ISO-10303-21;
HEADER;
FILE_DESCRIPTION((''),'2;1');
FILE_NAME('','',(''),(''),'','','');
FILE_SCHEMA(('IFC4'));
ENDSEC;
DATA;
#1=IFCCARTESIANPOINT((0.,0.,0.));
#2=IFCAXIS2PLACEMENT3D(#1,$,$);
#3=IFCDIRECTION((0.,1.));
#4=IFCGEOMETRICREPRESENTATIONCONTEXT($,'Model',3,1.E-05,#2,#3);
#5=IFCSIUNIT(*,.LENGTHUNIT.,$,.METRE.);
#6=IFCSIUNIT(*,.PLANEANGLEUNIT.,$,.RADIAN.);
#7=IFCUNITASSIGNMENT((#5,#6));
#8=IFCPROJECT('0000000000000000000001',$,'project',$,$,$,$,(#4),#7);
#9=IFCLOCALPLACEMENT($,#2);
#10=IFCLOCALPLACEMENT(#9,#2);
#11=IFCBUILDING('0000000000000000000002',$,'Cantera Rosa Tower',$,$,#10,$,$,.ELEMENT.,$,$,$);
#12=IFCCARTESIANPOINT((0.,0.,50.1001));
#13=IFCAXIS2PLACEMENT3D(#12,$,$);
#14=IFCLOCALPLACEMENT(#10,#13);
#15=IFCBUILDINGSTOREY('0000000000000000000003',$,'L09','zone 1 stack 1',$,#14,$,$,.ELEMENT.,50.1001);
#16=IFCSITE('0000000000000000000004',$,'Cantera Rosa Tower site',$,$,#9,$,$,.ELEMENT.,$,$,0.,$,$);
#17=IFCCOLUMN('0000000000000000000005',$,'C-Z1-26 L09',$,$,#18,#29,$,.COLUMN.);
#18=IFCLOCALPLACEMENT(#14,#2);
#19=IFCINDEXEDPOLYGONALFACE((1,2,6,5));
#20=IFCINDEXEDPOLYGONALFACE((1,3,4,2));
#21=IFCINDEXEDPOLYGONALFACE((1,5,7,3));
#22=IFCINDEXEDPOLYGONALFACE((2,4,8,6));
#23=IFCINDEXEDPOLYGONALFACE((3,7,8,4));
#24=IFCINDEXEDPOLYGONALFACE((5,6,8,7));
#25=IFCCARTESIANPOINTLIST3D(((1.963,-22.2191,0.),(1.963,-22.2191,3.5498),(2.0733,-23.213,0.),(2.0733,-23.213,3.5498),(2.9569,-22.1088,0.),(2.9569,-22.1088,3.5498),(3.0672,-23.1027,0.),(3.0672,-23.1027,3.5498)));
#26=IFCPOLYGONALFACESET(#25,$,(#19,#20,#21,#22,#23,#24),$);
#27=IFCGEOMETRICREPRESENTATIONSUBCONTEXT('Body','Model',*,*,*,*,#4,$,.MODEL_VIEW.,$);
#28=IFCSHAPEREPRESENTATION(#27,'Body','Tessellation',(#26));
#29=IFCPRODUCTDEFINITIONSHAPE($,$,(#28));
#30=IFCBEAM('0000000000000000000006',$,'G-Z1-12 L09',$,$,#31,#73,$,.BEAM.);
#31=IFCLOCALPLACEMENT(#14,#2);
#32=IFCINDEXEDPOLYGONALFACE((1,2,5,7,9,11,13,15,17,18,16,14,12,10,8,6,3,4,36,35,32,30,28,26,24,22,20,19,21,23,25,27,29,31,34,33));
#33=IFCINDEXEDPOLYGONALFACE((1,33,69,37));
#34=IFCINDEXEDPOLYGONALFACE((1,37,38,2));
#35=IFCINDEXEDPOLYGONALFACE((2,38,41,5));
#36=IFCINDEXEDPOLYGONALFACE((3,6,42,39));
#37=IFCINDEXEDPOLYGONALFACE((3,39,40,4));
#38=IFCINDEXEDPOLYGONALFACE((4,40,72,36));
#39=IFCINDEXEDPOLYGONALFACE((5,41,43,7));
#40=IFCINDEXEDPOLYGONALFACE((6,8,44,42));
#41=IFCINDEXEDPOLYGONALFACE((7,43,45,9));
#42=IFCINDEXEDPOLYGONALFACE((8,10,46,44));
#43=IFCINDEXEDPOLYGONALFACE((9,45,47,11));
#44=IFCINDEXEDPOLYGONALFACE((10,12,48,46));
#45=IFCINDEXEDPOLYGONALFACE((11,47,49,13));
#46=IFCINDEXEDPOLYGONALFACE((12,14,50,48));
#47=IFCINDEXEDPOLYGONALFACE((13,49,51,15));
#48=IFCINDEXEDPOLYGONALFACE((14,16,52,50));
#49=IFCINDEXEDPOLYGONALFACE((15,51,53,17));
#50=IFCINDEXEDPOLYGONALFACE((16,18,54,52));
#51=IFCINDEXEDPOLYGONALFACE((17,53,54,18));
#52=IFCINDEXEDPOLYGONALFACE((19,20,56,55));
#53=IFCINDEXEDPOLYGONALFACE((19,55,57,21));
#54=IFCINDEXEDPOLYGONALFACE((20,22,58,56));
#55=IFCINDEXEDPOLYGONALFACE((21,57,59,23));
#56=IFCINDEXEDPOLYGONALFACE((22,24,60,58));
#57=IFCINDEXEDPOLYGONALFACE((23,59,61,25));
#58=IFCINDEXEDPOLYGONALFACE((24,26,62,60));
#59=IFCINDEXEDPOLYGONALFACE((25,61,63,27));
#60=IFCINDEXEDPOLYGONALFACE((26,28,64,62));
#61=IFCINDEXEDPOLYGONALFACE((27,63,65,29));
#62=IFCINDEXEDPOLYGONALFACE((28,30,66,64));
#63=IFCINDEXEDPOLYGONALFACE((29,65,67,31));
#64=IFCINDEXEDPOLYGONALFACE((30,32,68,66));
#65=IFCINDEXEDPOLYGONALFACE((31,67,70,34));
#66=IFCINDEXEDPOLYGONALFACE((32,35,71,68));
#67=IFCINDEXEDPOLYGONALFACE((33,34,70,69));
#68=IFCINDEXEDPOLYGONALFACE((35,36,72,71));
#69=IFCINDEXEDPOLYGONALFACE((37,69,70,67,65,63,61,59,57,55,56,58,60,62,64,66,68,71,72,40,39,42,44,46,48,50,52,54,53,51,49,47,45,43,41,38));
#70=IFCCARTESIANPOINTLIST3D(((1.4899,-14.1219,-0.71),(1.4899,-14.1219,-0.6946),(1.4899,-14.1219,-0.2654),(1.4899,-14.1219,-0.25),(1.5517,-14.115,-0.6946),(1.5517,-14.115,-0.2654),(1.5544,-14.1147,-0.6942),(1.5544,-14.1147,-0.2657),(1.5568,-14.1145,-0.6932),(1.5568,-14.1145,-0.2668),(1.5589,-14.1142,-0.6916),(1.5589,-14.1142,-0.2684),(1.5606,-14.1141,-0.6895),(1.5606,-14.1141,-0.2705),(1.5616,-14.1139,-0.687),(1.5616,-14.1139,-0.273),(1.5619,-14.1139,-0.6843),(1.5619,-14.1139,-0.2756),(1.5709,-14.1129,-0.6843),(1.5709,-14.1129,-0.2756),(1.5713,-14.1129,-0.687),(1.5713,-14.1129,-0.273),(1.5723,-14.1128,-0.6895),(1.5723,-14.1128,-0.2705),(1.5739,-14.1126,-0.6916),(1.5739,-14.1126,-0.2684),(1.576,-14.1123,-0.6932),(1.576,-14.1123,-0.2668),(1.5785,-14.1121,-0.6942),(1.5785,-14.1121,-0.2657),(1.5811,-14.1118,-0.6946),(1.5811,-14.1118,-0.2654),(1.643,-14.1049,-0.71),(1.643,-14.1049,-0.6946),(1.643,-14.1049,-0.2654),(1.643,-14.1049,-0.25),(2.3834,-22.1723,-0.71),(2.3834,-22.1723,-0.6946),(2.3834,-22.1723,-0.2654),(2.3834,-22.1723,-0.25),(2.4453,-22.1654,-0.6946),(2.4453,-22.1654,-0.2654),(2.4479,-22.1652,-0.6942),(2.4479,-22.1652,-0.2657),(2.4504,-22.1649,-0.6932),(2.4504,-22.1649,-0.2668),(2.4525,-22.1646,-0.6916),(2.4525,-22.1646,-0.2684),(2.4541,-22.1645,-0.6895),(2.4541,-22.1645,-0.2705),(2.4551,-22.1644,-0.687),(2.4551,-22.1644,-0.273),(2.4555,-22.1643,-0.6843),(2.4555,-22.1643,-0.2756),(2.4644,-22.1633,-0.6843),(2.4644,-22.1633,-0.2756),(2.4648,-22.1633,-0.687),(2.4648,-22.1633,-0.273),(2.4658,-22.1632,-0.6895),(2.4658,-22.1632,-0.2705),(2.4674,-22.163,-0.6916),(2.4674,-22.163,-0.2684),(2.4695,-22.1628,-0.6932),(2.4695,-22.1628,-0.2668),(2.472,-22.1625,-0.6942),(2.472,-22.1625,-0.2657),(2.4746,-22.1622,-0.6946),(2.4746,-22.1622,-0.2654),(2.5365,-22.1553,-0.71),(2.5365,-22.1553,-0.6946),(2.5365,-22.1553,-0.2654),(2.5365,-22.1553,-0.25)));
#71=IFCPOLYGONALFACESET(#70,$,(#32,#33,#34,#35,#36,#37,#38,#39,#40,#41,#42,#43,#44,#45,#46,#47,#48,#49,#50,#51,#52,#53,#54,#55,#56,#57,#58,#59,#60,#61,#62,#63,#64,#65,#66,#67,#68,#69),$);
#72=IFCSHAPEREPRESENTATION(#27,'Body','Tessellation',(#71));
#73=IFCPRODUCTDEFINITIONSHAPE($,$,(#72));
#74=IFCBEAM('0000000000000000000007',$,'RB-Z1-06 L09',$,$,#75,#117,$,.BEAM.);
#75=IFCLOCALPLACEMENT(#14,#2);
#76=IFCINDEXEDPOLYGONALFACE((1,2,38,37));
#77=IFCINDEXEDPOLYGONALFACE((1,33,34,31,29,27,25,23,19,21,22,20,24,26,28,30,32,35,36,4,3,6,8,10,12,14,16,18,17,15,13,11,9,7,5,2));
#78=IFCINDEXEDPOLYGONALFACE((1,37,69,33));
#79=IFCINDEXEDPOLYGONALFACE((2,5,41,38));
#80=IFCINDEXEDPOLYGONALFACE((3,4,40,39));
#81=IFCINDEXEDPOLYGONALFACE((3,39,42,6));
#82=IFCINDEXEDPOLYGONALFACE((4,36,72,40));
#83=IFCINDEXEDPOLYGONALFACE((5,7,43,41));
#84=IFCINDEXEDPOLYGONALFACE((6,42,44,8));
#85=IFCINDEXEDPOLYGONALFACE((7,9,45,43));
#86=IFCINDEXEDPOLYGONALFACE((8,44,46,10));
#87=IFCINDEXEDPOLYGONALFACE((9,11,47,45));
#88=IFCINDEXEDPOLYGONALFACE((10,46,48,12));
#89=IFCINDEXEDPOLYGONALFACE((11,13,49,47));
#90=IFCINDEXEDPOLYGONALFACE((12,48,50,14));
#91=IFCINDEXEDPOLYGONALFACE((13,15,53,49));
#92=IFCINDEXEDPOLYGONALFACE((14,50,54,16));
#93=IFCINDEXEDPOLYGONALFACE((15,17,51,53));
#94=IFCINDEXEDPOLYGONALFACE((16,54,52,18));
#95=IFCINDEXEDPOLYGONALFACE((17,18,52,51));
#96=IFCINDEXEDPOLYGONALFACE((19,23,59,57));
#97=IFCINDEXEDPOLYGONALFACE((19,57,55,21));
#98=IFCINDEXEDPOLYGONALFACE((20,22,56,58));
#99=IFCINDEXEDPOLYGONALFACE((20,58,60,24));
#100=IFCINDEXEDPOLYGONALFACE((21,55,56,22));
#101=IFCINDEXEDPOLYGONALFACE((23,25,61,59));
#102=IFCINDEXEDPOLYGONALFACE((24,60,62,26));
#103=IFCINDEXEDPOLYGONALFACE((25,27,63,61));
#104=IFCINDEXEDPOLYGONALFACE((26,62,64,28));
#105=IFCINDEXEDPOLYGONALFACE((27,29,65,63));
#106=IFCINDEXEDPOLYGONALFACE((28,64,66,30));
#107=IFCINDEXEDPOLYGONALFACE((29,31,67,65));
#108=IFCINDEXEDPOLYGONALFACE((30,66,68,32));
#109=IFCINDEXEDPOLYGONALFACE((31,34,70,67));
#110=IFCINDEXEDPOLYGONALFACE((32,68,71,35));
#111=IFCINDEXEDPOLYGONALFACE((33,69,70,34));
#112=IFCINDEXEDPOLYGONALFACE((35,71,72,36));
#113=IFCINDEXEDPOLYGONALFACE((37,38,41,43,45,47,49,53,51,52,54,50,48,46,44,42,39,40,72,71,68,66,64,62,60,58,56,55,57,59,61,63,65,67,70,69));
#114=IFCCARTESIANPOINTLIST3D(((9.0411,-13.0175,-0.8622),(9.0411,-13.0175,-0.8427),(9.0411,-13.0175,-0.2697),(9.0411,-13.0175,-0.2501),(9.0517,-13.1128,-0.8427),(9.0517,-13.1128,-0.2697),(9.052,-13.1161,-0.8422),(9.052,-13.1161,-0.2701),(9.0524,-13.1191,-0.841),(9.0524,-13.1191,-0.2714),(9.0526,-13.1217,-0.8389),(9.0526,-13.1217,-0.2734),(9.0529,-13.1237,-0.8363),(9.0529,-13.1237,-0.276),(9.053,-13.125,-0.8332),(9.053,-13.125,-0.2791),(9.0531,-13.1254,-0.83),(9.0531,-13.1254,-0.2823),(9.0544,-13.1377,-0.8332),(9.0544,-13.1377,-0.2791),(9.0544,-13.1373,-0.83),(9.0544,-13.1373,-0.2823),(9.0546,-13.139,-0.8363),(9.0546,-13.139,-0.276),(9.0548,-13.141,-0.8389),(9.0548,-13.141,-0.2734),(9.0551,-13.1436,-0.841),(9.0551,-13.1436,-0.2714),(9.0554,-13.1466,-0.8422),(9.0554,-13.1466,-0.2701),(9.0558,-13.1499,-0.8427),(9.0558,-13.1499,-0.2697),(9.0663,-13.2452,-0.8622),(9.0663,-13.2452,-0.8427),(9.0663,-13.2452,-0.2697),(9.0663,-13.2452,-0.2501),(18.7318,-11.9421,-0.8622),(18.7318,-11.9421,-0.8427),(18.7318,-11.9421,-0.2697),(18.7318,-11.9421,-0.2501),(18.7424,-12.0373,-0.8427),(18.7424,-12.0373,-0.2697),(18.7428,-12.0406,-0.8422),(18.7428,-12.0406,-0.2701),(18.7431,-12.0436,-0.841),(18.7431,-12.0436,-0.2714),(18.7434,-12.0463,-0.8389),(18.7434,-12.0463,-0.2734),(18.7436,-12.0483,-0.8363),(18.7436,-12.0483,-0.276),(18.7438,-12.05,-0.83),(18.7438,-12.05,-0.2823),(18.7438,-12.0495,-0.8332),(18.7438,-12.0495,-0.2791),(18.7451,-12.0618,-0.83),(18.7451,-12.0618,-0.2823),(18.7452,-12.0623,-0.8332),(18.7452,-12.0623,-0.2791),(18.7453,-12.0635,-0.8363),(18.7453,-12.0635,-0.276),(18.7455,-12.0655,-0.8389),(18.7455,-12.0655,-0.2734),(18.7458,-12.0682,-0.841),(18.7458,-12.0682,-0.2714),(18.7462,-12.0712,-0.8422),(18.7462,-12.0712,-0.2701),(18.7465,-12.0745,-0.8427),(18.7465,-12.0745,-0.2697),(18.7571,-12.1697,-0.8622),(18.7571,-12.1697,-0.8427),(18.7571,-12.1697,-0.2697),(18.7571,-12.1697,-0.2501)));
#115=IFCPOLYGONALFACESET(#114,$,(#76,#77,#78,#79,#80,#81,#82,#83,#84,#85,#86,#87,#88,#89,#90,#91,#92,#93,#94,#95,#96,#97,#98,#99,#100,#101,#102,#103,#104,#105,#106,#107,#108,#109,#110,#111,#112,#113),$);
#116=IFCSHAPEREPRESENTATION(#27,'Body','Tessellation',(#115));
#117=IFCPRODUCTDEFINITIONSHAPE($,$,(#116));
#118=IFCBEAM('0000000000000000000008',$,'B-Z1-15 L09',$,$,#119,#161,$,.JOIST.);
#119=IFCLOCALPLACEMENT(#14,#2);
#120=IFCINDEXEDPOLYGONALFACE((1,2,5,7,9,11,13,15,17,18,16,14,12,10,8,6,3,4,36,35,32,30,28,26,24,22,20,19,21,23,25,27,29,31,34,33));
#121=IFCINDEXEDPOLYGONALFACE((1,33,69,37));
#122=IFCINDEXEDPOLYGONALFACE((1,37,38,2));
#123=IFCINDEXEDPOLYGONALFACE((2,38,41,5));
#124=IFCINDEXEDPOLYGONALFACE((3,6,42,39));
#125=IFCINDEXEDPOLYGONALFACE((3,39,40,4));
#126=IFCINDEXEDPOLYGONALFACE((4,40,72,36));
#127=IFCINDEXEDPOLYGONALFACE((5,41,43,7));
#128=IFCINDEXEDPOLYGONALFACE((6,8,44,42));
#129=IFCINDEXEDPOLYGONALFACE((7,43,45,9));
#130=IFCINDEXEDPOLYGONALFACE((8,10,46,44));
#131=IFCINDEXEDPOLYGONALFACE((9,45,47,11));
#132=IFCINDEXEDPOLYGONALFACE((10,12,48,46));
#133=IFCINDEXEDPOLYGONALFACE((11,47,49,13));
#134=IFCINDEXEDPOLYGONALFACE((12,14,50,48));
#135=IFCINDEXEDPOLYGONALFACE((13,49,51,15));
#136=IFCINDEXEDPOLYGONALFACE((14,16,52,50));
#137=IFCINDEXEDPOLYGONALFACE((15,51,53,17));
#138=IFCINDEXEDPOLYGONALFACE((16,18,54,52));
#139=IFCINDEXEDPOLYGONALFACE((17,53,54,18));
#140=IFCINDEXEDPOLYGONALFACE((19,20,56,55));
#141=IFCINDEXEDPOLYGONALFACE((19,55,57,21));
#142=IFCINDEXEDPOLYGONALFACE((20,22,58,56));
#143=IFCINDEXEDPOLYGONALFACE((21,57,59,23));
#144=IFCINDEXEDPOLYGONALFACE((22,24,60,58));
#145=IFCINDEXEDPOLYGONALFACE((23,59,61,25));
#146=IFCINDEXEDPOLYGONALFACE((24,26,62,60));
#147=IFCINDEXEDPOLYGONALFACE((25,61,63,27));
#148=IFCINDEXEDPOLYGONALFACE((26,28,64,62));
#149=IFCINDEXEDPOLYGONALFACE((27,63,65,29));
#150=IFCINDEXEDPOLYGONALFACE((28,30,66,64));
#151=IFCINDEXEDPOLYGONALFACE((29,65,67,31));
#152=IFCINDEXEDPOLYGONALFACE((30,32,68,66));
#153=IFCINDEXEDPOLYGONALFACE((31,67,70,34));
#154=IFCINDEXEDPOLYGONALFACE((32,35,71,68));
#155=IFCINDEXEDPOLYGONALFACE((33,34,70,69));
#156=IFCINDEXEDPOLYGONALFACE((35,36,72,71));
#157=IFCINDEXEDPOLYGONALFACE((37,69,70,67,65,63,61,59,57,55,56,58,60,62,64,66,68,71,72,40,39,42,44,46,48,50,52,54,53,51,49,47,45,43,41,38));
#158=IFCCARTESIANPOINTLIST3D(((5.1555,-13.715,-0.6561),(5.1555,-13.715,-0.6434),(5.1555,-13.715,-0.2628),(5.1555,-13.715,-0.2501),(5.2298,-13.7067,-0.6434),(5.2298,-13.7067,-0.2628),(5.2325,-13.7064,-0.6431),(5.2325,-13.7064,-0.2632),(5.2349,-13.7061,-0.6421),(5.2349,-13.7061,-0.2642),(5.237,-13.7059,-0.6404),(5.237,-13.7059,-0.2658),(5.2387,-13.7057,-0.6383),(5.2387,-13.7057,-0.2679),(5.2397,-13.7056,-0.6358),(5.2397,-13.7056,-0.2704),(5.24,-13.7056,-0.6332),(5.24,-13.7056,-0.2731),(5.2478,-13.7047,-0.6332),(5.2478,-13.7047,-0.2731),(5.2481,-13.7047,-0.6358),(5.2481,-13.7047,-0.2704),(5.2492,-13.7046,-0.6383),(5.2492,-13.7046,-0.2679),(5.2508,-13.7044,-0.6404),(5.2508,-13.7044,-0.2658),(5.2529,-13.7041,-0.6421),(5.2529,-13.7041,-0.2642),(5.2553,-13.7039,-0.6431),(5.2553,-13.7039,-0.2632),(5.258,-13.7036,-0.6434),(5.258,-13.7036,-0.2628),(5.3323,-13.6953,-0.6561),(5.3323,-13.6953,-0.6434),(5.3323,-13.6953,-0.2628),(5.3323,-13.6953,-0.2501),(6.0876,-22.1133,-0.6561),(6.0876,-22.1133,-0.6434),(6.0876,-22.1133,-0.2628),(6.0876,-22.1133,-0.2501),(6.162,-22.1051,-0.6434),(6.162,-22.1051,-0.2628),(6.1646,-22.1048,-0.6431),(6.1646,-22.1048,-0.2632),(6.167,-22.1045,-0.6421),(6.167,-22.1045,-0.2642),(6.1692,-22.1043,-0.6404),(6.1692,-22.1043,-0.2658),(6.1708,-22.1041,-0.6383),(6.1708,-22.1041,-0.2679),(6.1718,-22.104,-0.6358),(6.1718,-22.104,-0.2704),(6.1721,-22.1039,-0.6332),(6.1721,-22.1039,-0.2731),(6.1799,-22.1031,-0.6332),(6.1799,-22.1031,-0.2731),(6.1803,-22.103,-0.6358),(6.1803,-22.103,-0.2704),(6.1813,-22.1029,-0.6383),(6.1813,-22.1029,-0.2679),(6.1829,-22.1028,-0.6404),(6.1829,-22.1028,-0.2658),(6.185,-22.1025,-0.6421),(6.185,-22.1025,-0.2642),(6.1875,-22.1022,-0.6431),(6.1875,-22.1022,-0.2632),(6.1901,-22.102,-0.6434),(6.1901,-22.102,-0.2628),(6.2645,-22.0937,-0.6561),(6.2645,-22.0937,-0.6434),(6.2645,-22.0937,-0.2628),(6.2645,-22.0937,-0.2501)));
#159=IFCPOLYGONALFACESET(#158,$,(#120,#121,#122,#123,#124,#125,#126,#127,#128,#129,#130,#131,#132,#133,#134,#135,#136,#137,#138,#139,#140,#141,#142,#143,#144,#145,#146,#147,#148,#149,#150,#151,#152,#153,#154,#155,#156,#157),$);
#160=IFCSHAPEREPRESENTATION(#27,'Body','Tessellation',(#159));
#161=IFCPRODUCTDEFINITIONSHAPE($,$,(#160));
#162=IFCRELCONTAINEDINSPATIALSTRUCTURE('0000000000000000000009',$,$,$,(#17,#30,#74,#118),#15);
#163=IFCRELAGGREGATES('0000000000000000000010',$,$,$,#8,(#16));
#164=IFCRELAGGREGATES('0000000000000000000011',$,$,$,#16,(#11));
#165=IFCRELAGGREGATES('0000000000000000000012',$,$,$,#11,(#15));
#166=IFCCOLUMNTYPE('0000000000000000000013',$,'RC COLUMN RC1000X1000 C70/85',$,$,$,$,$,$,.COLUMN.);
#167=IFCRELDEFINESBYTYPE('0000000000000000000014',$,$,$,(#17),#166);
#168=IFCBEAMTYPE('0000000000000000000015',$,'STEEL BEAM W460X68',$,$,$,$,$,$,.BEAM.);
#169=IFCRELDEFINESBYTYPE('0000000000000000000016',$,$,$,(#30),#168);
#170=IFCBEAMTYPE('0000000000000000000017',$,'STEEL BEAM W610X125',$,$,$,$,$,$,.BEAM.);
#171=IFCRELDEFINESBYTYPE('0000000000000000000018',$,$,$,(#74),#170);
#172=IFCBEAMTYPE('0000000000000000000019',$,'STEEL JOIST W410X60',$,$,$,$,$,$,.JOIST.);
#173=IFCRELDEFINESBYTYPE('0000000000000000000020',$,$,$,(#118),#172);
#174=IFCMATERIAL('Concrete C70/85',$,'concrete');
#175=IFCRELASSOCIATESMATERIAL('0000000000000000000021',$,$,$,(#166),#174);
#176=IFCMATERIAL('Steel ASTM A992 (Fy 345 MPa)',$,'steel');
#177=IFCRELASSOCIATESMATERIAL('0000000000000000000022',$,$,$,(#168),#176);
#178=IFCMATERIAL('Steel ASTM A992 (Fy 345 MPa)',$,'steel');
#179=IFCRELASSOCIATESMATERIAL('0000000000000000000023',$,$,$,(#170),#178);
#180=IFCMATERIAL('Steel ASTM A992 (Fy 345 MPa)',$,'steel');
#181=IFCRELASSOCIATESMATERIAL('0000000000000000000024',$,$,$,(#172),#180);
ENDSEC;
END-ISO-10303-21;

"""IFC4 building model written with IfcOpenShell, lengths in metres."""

from ifc_helpers import new_model, si_unit, direction, frame, origin, origin_2d, place, context, subcontext, project, spatial, rectangle, i_section, extrude, material, material_profile, profile_set, type_object, element, save


model = new_model("IFC4")

# Units and contexts
model_context = context("Model", 3, precision=1e-05, world=origin(), true_north=direction((0.0, 1.0)))
body_context = subcontext(model_context, "Body", "Model", "MODEL_VIEW")
ifc_project = project(units=[si_unit("LENGTHUNIT", "METRE"), si_unit("PLANEANGLEUNIT", "RADIAN")], contexts=[model_context])

# Site, building, storey
site_placement = place(None, origin())
site = spatial("IfcSite", under=ifc_project, at=site_placement, Name="Cantera Rosa Tower site", CompositionType="ELEMENT", RefElevation=0.0)
building_placement = place(site_placement, origin())
building = spatial("IfcBuilding", under=site, at=building_placement, Name="Cantera Rosa Tower", CompositionType="ELEMENT")
storey_placement = place(building_placement, frame((0.0, 0.0, 50.1001)))
storey = spatial("IfcBuildingStorey", under=building, at=storey_placement, Name="L09", Description="zone 1 stack 1", CompositionType="ELEMENT", Elevation=50.1001)

# Column
ifc_material_1 = material(Name="Concrete C70/85", Category="concrete")
ifc_material_profile_1 = material_profile(ifc_material_1, rectangle(XDim=1.0, YDim=1.0, at=origin_2d()), Name="RC COLUMN RC1000X1000 C70/85")
ifc_profile_set_1 = profile_set([ifc_material_profile_1], Name="Concrete C70/85")
column_type = type_object("IfcColumnType", Name="RC COLUMN RC1000X1000 C70/85", PredefinedType="COLUMN", material=ifc_profile_set_1)
column_placement = place(storey_placement, frame((2.5151, -22.6609, 0.0), z_axis=(0.0, 0.0, 1.0), x_axis=(0.993897, 0.110313, 0.0)))
element("IfcColumn", 1, at=column_placement, inside=storey, type_object=column_type, Name="C-Z1-26 L09", PredefinedType="COLUMN", context=body_context, shape_type="SweptSolid", body=[
    extrude(rectangle(XDim=1.0, YDim=1.0, at=origin_2d()), origin(), (0.0, 0.0, 1.0), 3.5498),
])

# Beams
ifc_material_2 = material(Name="Steel ASTM A992 (Fy 345 MPa)", Category="steel")
ifc_material_profile_2 = material_profile(ifc_material_2, i_section(OverallWidth=0.1541, OverallDepth=0.46, WebThickness=0.009, FlangeThickness=0.0154, FilletRadius=0.0103, at=origin_2d()), Name="W460X68")
ifc_profile_set_2 = profile_set([ifc_material_profile_2], Name="Steel ASTM A992 (Fy 345 MPa)")
beam_type_1 = type_object("IfcBeamType", Name="STEEL BEAM W460X68", PredefinedType="BEAM", material=ifc_profile_set_2)
beam_1_placement = place(storey_placement, frame((2.46, -22.1638, -0.48), z_axis=(-0.110316, 0.993897, 0.0), x_axis=(-0.993897, -0.110316, 0.0)))
element("IfcBeam", 2, at=beam_1_placement, inside=storey, type_object=beam_type_1, Name="G-Z1-12 L09", PredefinedType="BEAM", context=body_context, shape_type="SweptSolid", body=[
    extrude(i_section(OverallWidth=0.1541, OverallDepth=0.46, WebThickness=0.009, FlangeThickness=0.0154, FilletRadius=0.0103, at=origin_2d()), origin(), (0.0, 0.0, 1.0), 8.0999),
])
ifc_material_3 = material(Name="Steel ASTM A992 (Fy 345 MPa)", Category="steel")
ifc_material_profile_3 = material_profile(ifc_material_3, i_section(OverallWidth=0.229, OverallDepth=0.6121, WebThickness=0.012, FlangeThickness=0.0195, FilletRadius=0.0127, at=origin_2d()), Name="W610X125")
ifc_profile_set_3 = profile_set([ifc_material_profile_3], Name="Steel ASTM A992 (Fy 345 MPa)")
beam_type_2 = type_object("IfcBeamType", Name="STEEL BEAM W610X125", PredefinedType="BEAM", material=ifc_profile_set_3)
beam_2_placement = place(storey_placement, frame((9.0537, -13.1313, -0.5562), z_axis=(0.993898, 0.1103, 0.0), x_axis=(-0.1103, 0.993898, 0.0)))
element("IfcBeam", 3, at=beam_2_placement, inside=storey, type_object=beam_type_2, Name="RB-Z1-06 L09", PredefinedType="BEAM", context=body_context, shape_type="SweptSolid", body=[
    extrude(i_section(OverallWidth=0.229, OverallDepth=0.6121, WebThickness=0.012, FlangeThickness=0.0195, FilletRadius=0.0127, at=origin_2d()), origin(), (0.0, 0.0, 1.0), 9.7502),
])
ifc_material_4 = material(Name="Steel ASTM A992 (Fy 345 MPa)", Category="steel")
ifc_material_profile_4 = material_profile(ifc_material_4, i_section(OverallWidth=0.178, OverallDepth=0.406, WebThickness=0.0078, FlangeThickness=0.0127, FilletRadius=0.0103, at=origin_2d()), Name="W410X60")
ifc_profile_set_4 = profile_set([ifc_material_profile_4], Name="Steel ASTM A992 (Fy 345 MPa)")
beam_type_3 = type_object("IfcBeamType", Name="STEEL JOIST W410X60", PredefinedType="JOIST", material=ifc_profile_set_4)
beam_3_placement = place(storey_placement, frame((6.176, -22.1035, -0.4531), z_axis=(-0.110311, 0.993897, 0.0), x_axis=(-0.993897, -0.110311, 0.0)))
element("IfcBeam", 4, at=beam_3_placement, inside=storey, type_object=beam_type_3, Name="B-Z1-15 L09", PredefinedType="JOIST", context=body_context, shape_type="SweptSolid", body=[
    extrude(i_section(OverallWidth=0.178, OverallDepth=0.406, WebThickness=0.0078, FlangeThickness=0.0127, FilletRadius=0.0103, at=origin_2d()), origin(), (0.0, 0.0, 1.0), 8.45),
])

save(model, "model.ifc")
